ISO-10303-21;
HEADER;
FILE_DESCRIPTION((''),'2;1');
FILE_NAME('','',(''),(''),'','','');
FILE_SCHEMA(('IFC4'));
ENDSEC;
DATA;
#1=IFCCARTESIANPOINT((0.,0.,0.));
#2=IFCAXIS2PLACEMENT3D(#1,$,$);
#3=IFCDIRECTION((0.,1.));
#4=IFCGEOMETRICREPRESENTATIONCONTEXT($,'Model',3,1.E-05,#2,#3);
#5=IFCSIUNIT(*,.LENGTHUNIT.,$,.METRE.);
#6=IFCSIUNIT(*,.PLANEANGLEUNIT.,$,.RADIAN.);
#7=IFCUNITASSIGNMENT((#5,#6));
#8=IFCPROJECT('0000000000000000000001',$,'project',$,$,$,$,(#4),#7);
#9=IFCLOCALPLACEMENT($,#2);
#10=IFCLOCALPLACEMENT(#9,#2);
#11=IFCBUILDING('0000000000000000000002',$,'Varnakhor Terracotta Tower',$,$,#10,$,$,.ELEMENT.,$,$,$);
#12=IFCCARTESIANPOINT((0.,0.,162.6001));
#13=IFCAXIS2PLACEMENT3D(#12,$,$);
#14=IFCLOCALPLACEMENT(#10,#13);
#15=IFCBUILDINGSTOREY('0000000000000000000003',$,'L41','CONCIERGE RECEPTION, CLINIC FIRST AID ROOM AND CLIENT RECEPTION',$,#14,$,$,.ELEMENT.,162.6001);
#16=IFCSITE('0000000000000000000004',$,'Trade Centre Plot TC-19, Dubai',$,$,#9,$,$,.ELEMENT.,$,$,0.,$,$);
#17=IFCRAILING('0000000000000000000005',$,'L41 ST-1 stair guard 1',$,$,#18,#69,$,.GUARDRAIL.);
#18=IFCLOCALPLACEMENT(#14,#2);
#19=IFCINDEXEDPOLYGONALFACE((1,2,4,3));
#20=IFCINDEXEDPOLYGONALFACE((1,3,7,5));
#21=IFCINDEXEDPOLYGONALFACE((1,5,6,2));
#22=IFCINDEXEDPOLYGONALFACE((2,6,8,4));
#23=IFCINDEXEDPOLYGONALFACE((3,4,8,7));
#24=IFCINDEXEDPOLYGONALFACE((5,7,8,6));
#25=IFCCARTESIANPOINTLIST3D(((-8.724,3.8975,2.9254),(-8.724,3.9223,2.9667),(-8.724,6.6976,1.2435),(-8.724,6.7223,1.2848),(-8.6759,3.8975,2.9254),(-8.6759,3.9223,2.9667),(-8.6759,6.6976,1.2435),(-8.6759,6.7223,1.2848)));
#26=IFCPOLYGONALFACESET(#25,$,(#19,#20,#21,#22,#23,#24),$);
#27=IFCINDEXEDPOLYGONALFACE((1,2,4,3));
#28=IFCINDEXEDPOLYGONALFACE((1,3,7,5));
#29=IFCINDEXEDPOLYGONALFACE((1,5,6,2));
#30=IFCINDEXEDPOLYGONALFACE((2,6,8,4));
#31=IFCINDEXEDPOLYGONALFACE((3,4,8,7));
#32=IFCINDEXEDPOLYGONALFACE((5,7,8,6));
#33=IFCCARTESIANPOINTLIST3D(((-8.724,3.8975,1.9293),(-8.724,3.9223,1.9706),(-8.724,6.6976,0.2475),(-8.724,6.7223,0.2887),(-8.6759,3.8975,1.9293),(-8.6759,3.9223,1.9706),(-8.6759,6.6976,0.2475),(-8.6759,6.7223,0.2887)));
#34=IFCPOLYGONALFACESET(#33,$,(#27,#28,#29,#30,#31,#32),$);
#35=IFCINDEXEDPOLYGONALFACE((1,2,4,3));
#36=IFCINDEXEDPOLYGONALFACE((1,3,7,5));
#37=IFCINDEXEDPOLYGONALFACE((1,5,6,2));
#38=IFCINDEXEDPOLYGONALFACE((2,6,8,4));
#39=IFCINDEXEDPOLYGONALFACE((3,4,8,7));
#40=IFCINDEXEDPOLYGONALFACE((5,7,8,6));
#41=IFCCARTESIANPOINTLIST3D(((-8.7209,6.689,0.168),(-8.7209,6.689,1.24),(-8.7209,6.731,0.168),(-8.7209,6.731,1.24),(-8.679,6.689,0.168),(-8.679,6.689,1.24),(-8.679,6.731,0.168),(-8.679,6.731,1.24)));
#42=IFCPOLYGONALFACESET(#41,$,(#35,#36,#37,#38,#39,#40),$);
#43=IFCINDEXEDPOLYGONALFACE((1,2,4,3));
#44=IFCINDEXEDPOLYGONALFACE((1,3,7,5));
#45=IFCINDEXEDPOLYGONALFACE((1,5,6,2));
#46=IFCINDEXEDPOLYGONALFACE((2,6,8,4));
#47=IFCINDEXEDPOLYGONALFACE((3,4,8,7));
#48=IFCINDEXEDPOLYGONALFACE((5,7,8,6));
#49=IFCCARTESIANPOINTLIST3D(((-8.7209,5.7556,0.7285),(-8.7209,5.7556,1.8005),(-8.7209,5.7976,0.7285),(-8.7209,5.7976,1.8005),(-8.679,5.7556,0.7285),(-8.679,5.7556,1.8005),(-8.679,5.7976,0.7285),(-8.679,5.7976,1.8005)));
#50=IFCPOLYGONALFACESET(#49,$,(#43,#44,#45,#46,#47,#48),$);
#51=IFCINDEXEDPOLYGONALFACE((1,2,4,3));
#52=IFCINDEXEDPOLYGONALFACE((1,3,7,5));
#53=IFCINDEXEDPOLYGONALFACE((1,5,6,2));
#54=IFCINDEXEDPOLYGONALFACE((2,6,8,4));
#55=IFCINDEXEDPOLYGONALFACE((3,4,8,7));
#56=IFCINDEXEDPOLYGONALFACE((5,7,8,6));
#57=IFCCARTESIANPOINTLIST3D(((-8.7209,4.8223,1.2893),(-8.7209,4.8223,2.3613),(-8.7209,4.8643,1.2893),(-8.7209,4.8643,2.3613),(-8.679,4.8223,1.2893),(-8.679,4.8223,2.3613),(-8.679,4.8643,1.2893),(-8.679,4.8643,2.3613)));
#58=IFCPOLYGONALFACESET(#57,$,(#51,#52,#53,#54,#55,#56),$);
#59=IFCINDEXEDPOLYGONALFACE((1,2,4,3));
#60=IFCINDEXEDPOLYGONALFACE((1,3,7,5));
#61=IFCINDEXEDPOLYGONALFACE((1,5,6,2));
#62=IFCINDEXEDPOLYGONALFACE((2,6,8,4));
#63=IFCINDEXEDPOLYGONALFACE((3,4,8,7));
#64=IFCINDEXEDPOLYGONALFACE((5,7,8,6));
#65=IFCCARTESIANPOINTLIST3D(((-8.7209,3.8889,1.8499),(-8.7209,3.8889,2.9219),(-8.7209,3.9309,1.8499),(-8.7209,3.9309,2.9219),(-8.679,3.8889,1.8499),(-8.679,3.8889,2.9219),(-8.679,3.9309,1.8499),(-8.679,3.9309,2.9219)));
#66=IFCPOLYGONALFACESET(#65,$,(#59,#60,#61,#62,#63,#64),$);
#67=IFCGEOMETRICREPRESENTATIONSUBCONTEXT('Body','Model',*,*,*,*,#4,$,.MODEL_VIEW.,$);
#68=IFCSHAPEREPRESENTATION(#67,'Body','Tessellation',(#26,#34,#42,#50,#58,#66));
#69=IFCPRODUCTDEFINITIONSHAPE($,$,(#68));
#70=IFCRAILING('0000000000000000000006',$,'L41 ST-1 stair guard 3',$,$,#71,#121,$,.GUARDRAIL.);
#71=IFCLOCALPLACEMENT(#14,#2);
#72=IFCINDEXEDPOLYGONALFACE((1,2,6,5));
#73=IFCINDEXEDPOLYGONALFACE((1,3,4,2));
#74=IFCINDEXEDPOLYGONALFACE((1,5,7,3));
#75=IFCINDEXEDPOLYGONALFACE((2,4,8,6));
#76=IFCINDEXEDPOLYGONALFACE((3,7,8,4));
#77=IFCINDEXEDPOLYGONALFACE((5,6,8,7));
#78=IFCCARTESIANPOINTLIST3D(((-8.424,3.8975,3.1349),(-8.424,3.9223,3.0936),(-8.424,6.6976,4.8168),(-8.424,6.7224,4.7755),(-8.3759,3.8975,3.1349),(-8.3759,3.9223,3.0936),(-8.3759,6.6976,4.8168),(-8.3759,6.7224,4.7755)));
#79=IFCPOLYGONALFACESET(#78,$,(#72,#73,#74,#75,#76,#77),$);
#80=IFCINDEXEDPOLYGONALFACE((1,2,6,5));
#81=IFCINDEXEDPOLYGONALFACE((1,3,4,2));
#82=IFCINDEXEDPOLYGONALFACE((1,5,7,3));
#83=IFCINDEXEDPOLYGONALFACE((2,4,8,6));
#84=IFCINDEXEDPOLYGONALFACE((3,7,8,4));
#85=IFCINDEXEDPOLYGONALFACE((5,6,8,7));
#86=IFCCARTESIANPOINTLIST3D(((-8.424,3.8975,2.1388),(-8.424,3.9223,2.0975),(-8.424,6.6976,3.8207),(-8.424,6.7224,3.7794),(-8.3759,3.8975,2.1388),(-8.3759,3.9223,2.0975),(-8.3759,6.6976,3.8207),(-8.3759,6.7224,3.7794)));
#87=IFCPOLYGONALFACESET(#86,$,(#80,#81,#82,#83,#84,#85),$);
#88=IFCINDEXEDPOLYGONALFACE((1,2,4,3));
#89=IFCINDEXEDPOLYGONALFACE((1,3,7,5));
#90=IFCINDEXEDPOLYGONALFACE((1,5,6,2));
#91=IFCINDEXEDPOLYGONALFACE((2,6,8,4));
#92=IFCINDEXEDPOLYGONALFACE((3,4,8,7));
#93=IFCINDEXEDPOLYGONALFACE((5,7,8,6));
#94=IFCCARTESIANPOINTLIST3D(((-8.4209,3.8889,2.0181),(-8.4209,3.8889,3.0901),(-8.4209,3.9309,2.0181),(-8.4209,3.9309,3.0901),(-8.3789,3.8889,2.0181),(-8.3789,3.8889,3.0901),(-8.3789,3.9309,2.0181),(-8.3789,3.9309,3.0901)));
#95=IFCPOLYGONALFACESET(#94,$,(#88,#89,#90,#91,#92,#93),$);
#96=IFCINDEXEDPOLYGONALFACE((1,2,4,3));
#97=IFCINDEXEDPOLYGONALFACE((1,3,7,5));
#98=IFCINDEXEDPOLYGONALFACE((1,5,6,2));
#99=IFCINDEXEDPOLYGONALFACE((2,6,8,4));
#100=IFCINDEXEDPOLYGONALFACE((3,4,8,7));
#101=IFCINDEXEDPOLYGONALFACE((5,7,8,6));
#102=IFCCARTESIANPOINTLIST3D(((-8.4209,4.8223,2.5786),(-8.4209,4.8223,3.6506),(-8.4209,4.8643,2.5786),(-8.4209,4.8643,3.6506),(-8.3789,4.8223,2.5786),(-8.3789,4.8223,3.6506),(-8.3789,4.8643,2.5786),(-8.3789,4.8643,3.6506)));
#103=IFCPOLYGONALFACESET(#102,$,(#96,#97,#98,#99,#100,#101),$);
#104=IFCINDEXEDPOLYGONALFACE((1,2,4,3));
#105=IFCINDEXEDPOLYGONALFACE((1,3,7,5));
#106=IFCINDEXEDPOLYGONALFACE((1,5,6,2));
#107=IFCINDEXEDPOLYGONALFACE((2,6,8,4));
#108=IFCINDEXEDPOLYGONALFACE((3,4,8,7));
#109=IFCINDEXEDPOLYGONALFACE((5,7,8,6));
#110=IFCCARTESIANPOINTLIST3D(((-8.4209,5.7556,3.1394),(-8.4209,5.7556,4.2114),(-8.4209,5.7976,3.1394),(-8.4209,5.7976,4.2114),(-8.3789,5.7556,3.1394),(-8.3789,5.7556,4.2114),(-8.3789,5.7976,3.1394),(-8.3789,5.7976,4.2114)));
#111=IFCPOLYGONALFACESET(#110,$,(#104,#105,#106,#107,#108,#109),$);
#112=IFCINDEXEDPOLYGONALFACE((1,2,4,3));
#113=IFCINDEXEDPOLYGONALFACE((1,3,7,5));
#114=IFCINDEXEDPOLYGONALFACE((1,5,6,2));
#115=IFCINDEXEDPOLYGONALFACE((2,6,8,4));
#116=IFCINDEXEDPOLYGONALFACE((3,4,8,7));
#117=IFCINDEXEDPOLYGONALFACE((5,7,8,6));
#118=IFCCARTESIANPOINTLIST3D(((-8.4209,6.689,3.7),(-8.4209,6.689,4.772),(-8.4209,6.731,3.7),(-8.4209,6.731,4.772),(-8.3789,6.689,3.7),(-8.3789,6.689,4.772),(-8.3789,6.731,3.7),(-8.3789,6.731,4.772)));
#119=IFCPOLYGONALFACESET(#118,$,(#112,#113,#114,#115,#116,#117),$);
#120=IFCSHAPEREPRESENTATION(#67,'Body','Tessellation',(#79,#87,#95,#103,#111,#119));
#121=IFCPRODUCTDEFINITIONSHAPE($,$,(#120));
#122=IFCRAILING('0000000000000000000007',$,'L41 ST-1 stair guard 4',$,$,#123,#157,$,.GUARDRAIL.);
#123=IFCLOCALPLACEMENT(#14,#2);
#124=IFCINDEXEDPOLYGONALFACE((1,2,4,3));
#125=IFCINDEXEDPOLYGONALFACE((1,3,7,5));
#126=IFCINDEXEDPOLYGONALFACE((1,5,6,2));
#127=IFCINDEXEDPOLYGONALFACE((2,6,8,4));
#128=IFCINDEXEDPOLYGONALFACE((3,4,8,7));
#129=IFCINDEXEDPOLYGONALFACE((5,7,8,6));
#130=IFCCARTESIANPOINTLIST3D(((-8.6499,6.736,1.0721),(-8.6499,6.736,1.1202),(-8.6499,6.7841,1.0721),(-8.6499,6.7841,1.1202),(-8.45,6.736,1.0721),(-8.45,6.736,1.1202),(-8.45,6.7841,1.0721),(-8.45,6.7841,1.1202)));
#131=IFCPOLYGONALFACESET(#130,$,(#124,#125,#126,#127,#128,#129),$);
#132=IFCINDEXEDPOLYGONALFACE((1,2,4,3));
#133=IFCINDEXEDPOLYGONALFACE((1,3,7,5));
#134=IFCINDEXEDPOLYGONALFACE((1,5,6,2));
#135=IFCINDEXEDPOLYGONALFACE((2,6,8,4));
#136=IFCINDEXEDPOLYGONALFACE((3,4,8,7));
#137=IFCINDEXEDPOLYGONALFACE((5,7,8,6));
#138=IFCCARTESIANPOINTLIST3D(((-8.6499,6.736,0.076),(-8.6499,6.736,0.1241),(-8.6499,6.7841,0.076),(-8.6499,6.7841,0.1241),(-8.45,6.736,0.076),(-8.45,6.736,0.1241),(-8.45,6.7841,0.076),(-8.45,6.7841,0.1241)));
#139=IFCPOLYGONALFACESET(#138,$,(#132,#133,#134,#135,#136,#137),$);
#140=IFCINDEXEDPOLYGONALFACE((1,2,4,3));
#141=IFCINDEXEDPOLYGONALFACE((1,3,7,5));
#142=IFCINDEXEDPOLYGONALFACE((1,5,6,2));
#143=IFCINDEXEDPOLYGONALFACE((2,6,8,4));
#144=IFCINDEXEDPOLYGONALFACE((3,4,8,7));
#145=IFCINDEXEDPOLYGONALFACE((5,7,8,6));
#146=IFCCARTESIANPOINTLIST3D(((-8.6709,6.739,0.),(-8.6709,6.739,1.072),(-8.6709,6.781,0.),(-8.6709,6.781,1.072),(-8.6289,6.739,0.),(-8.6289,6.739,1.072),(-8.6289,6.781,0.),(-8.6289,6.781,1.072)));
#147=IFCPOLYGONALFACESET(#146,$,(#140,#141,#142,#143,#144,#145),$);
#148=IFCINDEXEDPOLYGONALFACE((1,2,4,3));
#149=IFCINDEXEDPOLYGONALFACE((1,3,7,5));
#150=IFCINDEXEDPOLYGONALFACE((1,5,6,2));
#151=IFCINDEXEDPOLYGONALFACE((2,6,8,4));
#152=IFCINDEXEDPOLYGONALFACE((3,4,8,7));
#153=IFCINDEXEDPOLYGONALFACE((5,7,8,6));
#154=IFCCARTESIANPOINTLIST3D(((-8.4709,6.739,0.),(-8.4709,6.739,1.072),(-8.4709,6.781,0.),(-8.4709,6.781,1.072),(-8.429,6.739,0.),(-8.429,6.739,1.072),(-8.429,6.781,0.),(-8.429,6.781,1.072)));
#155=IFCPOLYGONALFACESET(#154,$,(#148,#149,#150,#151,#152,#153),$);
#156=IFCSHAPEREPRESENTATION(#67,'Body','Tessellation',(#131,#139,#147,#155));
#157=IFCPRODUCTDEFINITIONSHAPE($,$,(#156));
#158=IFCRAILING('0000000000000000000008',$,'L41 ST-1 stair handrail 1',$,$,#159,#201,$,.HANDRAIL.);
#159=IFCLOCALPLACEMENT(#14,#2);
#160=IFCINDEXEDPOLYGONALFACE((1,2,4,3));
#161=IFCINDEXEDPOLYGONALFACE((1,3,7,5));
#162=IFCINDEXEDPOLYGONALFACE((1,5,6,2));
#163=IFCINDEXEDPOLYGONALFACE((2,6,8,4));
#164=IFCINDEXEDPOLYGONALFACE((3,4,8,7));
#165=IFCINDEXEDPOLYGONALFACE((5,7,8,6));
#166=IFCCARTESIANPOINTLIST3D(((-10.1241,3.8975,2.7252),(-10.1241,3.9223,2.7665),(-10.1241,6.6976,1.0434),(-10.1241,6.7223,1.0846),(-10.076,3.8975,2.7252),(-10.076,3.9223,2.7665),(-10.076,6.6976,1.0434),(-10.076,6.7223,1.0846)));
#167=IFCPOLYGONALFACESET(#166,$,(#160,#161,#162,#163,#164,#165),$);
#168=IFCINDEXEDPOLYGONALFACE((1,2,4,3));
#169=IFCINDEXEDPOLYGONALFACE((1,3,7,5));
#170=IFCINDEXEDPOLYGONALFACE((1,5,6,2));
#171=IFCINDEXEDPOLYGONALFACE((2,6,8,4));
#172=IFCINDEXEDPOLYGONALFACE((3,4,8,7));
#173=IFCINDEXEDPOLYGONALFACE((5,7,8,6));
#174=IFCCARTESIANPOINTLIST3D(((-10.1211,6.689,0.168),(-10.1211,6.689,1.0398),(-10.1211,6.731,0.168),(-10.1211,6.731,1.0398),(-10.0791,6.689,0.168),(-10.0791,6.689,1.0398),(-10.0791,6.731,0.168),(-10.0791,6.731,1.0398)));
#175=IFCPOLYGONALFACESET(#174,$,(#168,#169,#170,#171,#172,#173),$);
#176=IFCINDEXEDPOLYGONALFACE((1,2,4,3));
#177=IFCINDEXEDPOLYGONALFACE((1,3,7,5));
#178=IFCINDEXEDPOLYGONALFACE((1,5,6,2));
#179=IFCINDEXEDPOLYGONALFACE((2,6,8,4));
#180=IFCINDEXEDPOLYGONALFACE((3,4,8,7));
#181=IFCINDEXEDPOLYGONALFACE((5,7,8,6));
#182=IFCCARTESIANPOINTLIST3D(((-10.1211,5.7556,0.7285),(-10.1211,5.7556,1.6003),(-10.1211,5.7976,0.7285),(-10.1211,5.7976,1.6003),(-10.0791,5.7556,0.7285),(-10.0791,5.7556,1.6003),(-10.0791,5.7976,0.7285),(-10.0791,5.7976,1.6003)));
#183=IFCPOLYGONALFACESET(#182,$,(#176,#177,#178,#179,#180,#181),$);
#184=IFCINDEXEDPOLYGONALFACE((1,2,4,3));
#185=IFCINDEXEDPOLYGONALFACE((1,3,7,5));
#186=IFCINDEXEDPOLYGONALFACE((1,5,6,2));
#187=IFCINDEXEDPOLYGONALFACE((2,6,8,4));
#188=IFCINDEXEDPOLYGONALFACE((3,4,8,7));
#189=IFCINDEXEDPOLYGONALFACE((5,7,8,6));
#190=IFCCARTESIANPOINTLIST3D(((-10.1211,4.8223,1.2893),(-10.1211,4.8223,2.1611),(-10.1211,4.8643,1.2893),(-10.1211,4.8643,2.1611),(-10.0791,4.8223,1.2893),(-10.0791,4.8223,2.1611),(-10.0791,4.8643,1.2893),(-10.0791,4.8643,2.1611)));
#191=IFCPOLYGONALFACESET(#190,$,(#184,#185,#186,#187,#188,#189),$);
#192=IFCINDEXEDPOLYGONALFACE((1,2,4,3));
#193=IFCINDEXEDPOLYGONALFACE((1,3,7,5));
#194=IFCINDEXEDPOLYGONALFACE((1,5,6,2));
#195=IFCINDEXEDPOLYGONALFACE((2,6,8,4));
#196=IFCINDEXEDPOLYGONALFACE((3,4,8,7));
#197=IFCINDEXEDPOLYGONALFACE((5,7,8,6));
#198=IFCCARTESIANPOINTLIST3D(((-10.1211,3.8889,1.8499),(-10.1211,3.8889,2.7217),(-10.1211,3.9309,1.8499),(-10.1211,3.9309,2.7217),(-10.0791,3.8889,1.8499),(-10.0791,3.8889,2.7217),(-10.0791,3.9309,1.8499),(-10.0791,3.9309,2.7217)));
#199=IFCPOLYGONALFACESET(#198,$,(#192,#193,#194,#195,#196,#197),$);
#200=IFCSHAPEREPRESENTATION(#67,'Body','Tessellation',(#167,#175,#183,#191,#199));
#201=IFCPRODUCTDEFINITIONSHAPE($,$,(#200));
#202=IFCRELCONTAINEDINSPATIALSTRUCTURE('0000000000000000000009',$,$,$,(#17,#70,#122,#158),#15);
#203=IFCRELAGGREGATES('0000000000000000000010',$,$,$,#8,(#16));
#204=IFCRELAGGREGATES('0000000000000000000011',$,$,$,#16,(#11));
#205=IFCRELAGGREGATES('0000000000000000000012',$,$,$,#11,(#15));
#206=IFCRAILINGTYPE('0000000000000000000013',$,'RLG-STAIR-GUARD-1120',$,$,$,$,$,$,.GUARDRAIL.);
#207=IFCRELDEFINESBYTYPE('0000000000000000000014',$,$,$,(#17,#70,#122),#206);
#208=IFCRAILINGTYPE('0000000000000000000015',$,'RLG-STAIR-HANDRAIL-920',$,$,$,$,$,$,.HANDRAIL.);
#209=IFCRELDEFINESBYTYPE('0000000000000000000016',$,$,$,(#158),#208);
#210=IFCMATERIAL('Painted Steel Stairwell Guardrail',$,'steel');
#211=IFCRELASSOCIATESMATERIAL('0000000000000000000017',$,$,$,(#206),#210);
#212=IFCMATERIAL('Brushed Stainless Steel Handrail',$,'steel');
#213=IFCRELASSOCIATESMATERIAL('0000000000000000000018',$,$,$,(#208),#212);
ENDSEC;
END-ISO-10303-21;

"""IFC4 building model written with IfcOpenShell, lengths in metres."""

from ifc_helpers import new_model, si_unit, direction, frame, origin, origin_2d, place, context, subcontext, project, spatial, rectangle, extrude, material, type_object, element, save


model = new_model("IFC4")

# Units and contexts
model_context = context("Model", 3, precision=1e-05, world=origin(), true_north=direction((0.0, 1.0)))
body_context = subcontext(model_context, "Body", "Model", "MODEL_VIEW")
ifc_project = project(units=[si_unit("LENGTHUNIT", "METRE"), si_unit("PLANEANGLEUNIT", "RADIAN")], contexts=[model_context])

# Site, building, storey
site_placement = place(None, origin())
site = spatial("IfcSite", under=ifc_project, at=site_placement, Name="Trade Centre Plot TC-19, Dubai", CompositionType="ELEMENT", RefElevation=0.0)
building_placement = place(site_placement, origin())
building = spatial("IfcBuilding", under=site, at=building_placement, Name="Varnakhor Terracotta Tower", CompositionType="ELEMENT")
storey_placement = place(building_placement, frame((0.0, 0.0, 162.6001)))
storey = spatial("IfcBuildingStorey", under=building, at=storey_placement, Name="L41", Description="CONCIERGE RECEPTION, CLINIC FIRST AID ROOM AND CLIENT RECEPTION", CompositionType="ELEMENT", Elevation=162.6001)

# Railings
ifc_material_1 = material(Name="Painted Steel Stairwell Guardrail", Category="steel")
railing_type_1 = type_object("IfcRailingType", Name="RLG-STAIR-GUARD-1120", PredefinedType="GUARDRAIL", material=ifc_material_1)
railing_1_placement = place(storey_placement, frame((-8.7, 6.71, 0.168)))
element("IfcRailing", 1, at=railing_1_placement, inside=storey, type_object=railing_type_1, Name="L41 ST-1 stair guard 1", PredefinedType="GUARDRAIL", context=body_context, shape_type="SweptSolid", body=[
    extrude(rectangle(XDim=0.0481, YDim=0.0481, at=origin_2d()), frame((0.0, 0.0, 1.0962), z_axis=(0.0, -0.857242, 0.514913), x_axis=(1.0, 0.0, 0.0)), (0.0, 0.0, 1.0), 3.2664),
    extrude(rectangle(XDim=0.0481, YDim=0.0481, at=origin_2d()), frame((0.0, 0.0, 0.1001), z_axis=(0.0, -0.857242, 0.514913), x_axis=(1.0, 0.0, 0.0)), (0.0, 0.0, 1.0), 3.2664),
    extrude(rectangle(XDim=0.042, YDim=0.042, at=origin_2d()), origin(), (0.0, 0.0, 1.0), 1.072),
    extrude(rectangle(XDim=0.042, YDim=0.042, at=origin_2d()), frame((0.0, -0.9333, 0.5605)), (0.0, 0.0, 1.0), 1.072),
    extrude(rectangle(XDim=0.042, YDim=0.042, at=origin_2d()), frame((0.0, -1.8667, 1.1213)), (0.0, 0.0, 1.0), 1.072),
    extrude(rectangle(XDim=0.042, YDim=0.042, at=origin_2d()), frame((0.0, -2.8, 1.6819)), (0.0, 0.0, 1.0), 1.072),
])
railing_2_placement = place(storey_placement, frame((-8.3999, 3.9099, 2.0181)))
element("IfcRailing", 2, at=railing_2_placement, inside=storey, type_object=railing_type_1, Name="L41 ST-1 stair guard 3", PredefinedType="GUARDRAIL", context=body_context, shape_type="SweptSolid", body=[
    extrude(rectangle(XDim=0.0481, YDim=0.0481, at=origin_2d()), frame((0.0, 0.0, 1.0962), z_axis=(0.0, 0.857242, 0.514913), x_axis=(-1.0, 0.0, 0.0)), (0.0, 0.0, 1.0), 3.2664),
    extrude(rectangle(XDim=0.0481, YDim=0.0481, at=origin_2d()), frame((0.0, 0.0, 0.1001), z_axis=(0.0, 0.857242, 0.514913), x_axis=(-1.0, 0.0, 0.0)), (0.0, 0.0, 1.0), 3.2664),
    extrude(rectangle(XDim=0.042, YDim=0.042, at=origin_2d()), origin(), (0.0, 0.0, 1.0), 1.072),
    extrude(rectangle(XDim=0.042, YDim=0.042, at=origin_2d()), frame((0.0, 0.9333, 0.5605)), (0.0, 0.0, 1.0), 1.072),
    extrude(rectangle(XDim=0.042, YDim=0.042, at=origin_2d()), frame((0.0, 1.8667, 1.1213)), (0.0, 0.0, 1.0), 1.072),
    extrude(rectangle(XDim=0.042, YDim=0.042, at=origin_2d()), frame((0.0, 2.8, 1.6819)), (0.0, 0.0, 1.0), 1.072),
])
railing_3_placement = place(storey_placement, frame((-8.6499, 6.76, 0.0)))
element("IfcRailing", 3, at=railing_3_placement, inside=storey, type_object=railing_type_1, Name="L41 ST-1 stair guard 4", PredefinedType="GUARDRAIL", context=body_context, shape_type="SweptSolid", body=[
    extrude(rectangle(XDim=0.0481, YDim=0.0481, at=origin_2d()), frame((0.0, 0.0, 1.0962), z_axis=(1.0, 0.0, 0.0), x_axis=(0.0, 1.0, 0.0)), (0.0, 0.0, 1.0), 0.2),
    extrude(rectangle(XDim=0.0481, YDim=0.0481, at=origin_2d()), frame((0.0, 0.0, 0.1001), z_axis=(1.0, 0.0, 0.0), x_axis=(0.0, 1.0, 0.0)), (0.0, 0.0, 1.0), 0.2),
    extrude(rectangle(XDim=0.042, YDim=0.042, at=origin_2d()), origin(), (0.0, 0.0, 1.0), 1.072),
    extrude(rectangle(XDim=0.042, YDim=0.042, at=origin_2d()), frame((0.2, 0.0, 0.0)), (0.0, 0.0, 1.0), 1.072),
])
ifc_material_2 = material(Name="Brushed Stainless Steel Handrail", Category="steel")
railing_type_2 = type_object("IfcRailingType", Name="RLG-STAIR-HANDRAIL-920", PredefinedType="HANDRAIL", material=ifc_material_2)
railing_4_placement = place(storey_placement, frame((-10.1001, 6.71, 0.168)))
element("IfcRailing", 4, at=railing_4_placement, inside=storey, type_object=railing_type_2, Name="L41 ST-1 stair handrail 1", PredefinedType="HANDRAIL", context=body_context, shape_type="SweptSolid", body=[
    extrude(rectangle(XDim=0.0481, YDim=0.0481, at=origin_2d()), frame((0.0, 0.0, 0.896), z_axis=(0.0, -0.857242, 0.514913), x_axis=(1.0, 0.0, 0.0)), (0.0, 0.0, 1.0), 3.2664),
    extrude(rectangle(XDim=0.042, YDim=0.042, at=origin_2d()), origin(), (0.0, 0.0, 1.0), 0.8718),
    extrude(rectangle(XDim=0.042, YDim=0.042, at=origin_2d()), frame((0.0, -0.9333, 0.5605)), (0.0, 0.0, 1.0), 0.8718),
    extrude(rectangle(XDim=0.042, YDim=0.042, at=origin_2d()), frame((0.0, -1.8667, 1.1213)), (0.0, 0.0, 1.0), 0.8718),
    extrude(rectangle(XDim=0.042, YDim=0.042, at=origin_2d()), frame((0.0, -2.8, 1.6819)), (0.0, 0.0, 1.0), 0.8718),
])

save(model, "model.ifc")
